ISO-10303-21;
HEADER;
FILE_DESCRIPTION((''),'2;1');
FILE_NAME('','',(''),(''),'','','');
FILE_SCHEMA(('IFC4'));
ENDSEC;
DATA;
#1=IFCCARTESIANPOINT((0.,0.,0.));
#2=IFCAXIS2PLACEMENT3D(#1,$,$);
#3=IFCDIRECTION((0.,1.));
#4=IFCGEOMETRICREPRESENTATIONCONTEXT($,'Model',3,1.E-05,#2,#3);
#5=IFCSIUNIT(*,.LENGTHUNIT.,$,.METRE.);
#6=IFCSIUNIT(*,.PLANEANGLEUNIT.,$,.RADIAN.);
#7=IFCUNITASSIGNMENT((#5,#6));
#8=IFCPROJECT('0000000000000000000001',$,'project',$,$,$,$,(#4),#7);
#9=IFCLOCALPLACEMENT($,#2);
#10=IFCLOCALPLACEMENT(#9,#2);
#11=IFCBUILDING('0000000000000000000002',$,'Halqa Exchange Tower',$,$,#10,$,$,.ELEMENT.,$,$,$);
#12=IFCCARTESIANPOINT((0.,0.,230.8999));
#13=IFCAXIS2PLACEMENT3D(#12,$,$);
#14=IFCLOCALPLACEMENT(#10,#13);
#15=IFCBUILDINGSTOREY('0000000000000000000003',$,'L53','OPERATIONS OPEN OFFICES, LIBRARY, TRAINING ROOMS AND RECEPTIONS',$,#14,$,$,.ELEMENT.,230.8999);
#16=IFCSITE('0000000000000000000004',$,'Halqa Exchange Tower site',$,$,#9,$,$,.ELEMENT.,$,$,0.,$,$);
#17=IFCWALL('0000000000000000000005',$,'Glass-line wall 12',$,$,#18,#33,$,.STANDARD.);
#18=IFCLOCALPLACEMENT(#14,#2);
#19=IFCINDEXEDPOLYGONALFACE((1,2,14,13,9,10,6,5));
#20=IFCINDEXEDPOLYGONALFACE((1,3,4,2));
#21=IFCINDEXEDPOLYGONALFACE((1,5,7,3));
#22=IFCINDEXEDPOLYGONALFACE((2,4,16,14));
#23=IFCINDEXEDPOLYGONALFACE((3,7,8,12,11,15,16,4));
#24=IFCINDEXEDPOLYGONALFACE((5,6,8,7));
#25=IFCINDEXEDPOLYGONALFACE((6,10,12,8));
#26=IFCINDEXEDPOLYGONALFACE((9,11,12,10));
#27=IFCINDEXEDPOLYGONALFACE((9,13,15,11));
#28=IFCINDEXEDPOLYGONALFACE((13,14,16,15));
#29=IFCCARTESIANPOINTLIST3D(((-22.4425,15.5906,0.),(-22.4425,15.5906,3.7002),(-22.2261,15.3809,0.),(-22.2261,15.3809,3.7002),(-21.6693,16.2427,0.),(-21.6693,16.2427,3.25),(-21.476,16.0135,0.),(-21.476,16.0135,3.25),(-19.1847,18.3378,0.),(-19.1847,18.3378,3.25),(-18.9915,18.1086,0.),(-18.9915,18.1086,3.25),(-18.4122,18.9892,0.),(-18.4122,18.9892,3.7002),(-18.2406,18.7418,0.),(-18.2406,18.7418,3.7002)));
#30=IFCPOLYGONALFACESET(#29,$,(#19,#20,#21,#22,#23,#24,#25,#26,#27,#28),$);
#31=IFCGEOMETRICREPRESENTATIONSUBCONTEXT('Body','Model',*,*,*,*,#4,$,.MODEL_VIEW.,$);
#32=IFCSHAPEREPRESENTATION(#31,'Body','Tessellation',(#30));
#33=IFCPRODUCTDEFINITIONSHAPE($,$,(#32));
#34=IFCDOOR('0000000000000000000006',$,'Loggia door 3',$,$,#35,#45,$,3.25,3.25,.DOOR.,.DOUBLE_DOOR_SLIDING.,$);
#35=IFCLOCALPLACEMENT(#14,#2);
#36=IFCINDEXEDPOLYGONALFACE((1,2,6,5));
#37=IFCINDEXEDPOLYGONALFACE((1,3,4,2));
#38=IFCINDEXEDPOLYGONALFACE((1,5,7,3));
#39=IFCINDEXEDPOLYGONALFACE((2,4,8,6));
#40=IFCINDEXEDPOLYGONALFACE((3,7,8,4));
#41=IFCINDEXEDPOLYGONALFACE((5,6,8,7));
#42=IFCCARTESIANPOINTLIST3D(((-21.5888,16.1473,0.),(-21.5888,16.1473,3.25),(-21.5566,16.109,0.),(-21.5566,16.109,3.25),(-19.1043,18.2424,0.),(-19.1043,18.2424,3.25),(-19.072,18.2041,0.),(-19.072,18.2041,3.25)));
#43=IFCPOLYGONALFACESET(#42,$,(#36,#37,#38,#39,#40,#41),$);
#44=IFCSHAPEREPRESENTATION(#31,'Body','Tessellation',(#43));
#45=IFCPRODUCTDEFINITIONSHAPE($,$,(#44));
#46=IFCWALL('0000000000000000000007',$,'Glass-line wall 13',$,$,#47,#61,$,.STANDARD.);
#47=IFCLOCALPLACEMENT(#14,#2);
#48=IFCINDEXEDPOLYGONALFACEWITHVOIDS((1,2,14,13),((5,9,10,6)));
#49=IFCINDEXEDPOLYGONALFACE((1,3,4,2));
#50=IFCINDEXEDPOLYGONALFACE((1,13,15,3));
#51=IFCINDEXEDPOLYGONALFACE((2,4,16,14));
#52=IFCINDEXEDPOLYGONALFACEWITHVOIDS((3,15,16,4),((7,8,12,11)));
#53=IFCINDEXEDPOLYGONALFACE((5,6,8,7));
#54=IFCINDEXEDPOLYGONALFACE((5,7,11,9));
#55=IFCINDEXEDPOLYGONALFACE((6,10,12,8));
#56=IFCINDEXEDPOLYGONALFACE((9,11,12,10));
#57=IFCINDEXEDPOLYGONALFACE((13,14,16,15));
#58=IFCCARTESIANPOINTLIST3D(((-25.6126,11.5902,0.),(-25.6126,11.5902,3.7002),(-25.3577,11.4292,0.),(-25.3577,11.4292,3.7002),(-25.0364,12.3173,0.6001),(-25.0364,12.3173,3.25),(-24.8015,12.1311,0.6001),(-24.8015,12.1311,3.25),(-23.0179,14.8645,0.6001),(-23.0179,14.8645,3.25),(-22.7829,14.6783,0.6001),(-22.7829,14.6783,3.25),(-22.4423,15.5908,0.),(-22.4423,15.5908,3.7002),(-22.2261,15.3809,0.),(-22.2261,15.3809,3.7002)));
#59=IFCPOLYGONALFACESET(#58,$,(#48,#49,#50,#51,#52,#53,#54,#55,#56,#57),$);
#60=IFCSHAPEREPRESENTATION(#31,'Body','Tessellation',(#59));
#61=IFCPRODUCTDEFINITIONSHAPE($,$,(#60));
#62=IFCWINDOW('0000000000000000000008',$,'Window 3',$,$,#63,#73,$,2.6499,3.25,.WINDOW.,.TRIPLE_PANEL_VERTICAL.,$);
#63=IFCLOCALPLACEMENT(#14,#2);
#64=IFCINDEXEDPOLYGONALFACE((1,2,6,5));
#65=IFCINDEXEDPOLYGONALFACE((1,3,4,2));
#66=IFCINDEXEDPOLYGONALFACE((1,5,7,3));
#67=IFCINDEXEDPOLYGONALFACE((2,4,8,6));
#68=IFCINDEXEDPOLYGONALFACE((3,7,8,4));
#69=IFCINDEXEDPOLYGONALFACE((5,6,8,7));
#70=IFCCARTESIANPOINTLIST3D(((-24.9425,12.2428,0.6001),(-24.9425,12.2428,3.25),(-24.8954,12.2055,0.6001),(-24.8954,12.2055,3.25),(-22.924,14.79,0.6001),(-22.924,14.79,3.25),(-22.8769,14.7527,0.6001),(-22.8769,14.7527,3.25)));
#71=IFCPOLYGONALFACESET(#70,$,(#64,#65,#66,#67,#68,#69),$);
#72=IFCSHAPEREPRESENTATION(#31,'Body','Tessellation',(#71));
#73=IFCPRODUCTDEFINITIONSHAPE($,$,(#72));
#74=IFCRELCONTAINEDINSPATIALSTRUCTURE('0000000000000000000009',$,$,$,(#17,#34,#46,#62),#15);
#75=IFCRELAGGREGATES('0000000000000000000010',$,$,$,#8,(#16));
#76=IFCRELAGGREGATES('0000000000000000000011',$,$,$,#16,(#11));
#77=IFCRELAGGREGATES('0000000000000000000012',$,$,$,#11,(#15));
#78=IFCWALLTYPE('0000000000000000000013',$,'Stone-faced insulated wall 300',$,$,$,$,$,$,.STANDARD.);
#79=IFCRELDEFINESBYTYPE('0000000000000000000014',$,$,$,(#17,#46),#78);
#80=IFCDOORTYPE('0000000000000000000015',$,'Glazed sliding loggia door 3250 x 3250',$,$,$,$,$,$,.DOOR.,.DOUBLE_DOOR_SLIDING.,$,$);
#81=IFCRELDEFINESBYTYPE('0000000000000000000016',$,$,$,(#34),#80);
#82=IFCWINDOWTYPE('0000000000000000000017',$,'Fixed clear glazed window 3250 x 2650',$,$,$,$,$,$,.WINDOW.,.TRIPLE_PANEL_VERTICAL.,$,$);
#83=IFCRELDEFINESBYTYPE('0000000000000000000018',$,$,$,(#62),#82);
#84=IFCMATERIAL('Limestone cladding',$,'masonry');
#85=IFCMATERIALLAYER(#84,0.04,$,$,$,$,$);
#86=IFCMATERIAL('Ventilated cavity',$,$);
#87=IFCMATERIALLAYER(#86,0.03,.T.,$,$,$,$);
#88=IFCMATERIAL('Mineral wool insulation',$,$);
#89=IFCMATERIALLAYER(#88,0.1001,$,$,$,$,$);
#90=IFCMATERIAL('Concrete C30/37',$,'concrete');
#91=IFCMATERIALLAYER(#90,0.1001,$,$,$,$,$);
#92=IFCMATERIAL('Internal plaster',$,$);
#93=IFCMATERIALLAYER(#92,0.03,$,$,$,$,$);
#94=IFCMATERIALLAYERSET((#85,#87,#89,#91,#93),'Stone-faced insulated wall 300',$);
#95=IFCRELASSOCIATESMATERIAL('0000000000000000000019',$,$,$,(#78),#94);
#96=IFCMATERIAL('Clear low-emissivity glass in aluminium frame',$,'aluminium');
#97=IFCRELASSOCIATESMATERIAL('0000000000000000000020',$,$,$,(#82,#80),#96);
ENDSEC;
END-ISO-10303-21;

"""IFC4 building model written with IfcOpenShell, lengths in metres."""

from ifc_helpers import new_model, si_unit, direction, frame, frame_2d, origin, place, context, subcontext, project, spatial, polyline, rectangle, outline, extrude, material, layer, layer_set, type_object, element, fill, save


model = new_model("IFC4")

# Units and contexts
model_context = context("Model", 3, precision=1e-05, world=origin(), true_north=direction((0.0, 1.0)))
body_context = subcontext(model_context, "Body", "Model", "MODEL_VIEW")
ifc_project = project(units=[si_unit("LENGTHUNIT", "METRE"), si_unit("PLANEANGLEUNIT", "RADIAN")], contexts=[model_context])

# Site, building, storey
site_placement = place(None, origin())
site = spatial("IfcSite", under=ifc_project, at=site_placement, Name="Halqa Exchange Tower site", CompositionType="ELEMENT", RefElevation=0.0)
building_placement = place(site_placement, origin())
building = spatial("IfcBuilding", under=site, at=building_placement, Name="Halqa Exchange Tower", CompositionType="ELEMENT")
storey_placement = place(building_placement, frame((0.0, 0.0, 230.8999)))
storey = spatial("IfcBuildingStorey", under=building, at=storey_placement, Name="L53", Description="OPERATIONS OPEN OFFICES, LIBRARY, TRAINING ROOMS AND RECEPTIONS", CompositionType="ELEMENT", Elevation=230.8999)

# Shared definitions
ifc_material_1 = material(Name="Limestone cladding", Category="masonry")
ifc_layer_1 = layer(ifc_material_1, 0.04)
ifc_material_2 = material(Name="Ventilated cavity")
ifc_layer_2 = layer(ifc_material_2, 0.03, ventilated=True)
ifc_material_3 = material(Name="Mineral wool insulation")
ifc_layer_3 = layer(ifc_material_3, 0.1001)
ifc_material_4 = material(Name="Concrete C30/37", Category="concrete")
ifc_layer_4 = layer(ifc_material_4, 0.1001)
ifc_material_5 = material(Name="Internal plaster")
ifc_layer_5 = layer(ifc_material_5, 0.03)
ifc_layer_set_1 = layer_set([ifc_layer_1, ifc_layer_2, ifc_layer_3, ifc_layer_4, ifc_layer_5], Name="Stone-faced insulated wall 300")
wall_type_1 = type_object("IfcWallType", Name="Stone-faced insulated wall 300", PredefinedType="STANDARD", material=ifc_layer_set_1)
ifc_material_6 = material(Name="Clear low-emissivity glass in aluminium frame", Category="aluminium")
window_type = type_object("IfcWindowType", Name="Fixed clear glazed window 3250 x 2650", PartitioningType="TRIPLE_PANEL_VERTICAL", PredefinedType="WINDOW", material=ifc_material_6)

# Wall, opening, door
wall_1_placement = place(storey_placement, frame((-18.3264, 18.8655, 0.0), z_axis=(0.0, 0.0, 1.0), x_axis=(-0.764475, -0.644653, 0.0)))
wall_1 = element("IfcWall", 1, at=wall_1_placement, inside=storey, type_object=wall_type_1, Name="Glass-line wall 12", PredefinedType="STANDARD", context=body_context, shape_type="SweptSolid", body=[
    extrude(outline(polyline([(-0.0142, -0.1499), (5.2578, -0.1499), (5.2275, 0.1499), (0.0142, 0.1499), (-0.0142, -0.1499)])), origin(), (0.0, 0.0, 1.0), 3.7002),
])
opening_1_placement = place(wall_1_placement, frame((0.9963, 0.0, 0.0)))
opening_1 = element("IfcOpeningElement", 2, at=opening_1_placement, cuts=wall_1, PredefinedType="OPENING", context=body_context, shape_type="SweptSolid", body=[
    extrude(rectangle(XDim=3.25, YDim=3.25, at=frame_2d((1.625, 1.625))), frame((0.0, 0.1621, 0.0), z_axis=(0.0, -1.0, 0.0), x_axis=(1.0, 0.0, 0.0)), (0.0, 0.0, 1.0), 0.324),
])
door_type_1 = type_object("IfcDoorType", Name="Glazed sliding loggia door 3250 x 3250", OperationType="DOUBLE_DOOR_SLIDING", PredefinedType="DOOR", material=ifc_material_6)
door_1_placement = place(opening_1_placement, origin())
door_1 = element("IfcDoor", 3, at=door_1_placement, inside=storey, type_object=door_type_1, Name="Loggia door 3", OperationType="DOUBLE_DOOR_SLIDING", OverallHeight=3.25, OverallWidth=3.25, PredefinedType="DOOR", context=body_context, shape_type="SweptSolid", body=[
    extrude(rectangle(XDim=3.25, YDim=3.25, at=frame_2d((1.625, 1.625))), frame((0.0, 0.0249, 0.0), z_axis=(0.0, -1.0, 0.0), x_axis=(1.0, 0.0, 0.0)), (0.0, 0.0, 1.0), 0.05),
])
fill(opening_1, door_1)

# Wall, opening, window
wall_2_placement = place(storey_placement, frame((-22.3342, 15.4858, 0.0), z_axis=(0.0, 0.0, 1.0), x_axis=(-0.621085, -0.783743, 0.0)))
wall_2 = element("IfcWall", 4, at=wall_2_placement, inside=storey, type_object=wall_type_1, Name="Glass-line wall 13", PredefinedType="STANDARD", context=body_context, shape_type="SweptSolid", body=[
    extrude(outline(polyline([(-0.0151, -0.1499), (5.0894, -0.1499), (5.0571, 0.1499), (0.0151, 0.1499), (-0.0151, -0.1499)])), origin(), (0.0, 0.0, 1.0), 3.7002),
])
opening_2_placement = place(wall_2_placement, frame((0.9116, 0.0, 0.6001)))
opening_2 = element("IfcOpeningElement", 5, at=opening_2_placement, cuts=wall_2, PredefinedType="OPENING", context=body_context, shape_type="SweptSolid", body=[
    extrude(rectangle(XDim=3.25, YDim=2.6499, at=frame_2d((1.625, 1.325))), frame((0.0, 0.1621, 0.0), z_axis=(0.0, -1.0, 0.0), x_axis=(1.0, 0.0, 0.0)), (0.0, 0.0, 1.0), 0.324),
])
window_1_placement = place(opening_2_placement, origin())
window_1 = element("IfcWindow", 6, at=window_1_placement, inside=storey, type_object=window_type, Name="Window 3", OverallHeight=2.6499, OverallWidth=3.25, PartitioningType="TRIPLE_PANEL_VERTICAL", PredefinedType="WINDOW", context=body_context, shape_type="SweptSolid", body=[
    extrude(rectangle(XDim=3.25, YDim=2.6499, at=frame_2d((1.625, 1.325))), frame((0.0, 0.03, 0.0), z_axis=(0.0, -1.0, 0.0), x_axis=(1.0, 0.0, 0.0)), (0.0, 0.0, 1.0), 0.0601),
])
fill(opening_2, window_1)

save(model, "model.ifc")
